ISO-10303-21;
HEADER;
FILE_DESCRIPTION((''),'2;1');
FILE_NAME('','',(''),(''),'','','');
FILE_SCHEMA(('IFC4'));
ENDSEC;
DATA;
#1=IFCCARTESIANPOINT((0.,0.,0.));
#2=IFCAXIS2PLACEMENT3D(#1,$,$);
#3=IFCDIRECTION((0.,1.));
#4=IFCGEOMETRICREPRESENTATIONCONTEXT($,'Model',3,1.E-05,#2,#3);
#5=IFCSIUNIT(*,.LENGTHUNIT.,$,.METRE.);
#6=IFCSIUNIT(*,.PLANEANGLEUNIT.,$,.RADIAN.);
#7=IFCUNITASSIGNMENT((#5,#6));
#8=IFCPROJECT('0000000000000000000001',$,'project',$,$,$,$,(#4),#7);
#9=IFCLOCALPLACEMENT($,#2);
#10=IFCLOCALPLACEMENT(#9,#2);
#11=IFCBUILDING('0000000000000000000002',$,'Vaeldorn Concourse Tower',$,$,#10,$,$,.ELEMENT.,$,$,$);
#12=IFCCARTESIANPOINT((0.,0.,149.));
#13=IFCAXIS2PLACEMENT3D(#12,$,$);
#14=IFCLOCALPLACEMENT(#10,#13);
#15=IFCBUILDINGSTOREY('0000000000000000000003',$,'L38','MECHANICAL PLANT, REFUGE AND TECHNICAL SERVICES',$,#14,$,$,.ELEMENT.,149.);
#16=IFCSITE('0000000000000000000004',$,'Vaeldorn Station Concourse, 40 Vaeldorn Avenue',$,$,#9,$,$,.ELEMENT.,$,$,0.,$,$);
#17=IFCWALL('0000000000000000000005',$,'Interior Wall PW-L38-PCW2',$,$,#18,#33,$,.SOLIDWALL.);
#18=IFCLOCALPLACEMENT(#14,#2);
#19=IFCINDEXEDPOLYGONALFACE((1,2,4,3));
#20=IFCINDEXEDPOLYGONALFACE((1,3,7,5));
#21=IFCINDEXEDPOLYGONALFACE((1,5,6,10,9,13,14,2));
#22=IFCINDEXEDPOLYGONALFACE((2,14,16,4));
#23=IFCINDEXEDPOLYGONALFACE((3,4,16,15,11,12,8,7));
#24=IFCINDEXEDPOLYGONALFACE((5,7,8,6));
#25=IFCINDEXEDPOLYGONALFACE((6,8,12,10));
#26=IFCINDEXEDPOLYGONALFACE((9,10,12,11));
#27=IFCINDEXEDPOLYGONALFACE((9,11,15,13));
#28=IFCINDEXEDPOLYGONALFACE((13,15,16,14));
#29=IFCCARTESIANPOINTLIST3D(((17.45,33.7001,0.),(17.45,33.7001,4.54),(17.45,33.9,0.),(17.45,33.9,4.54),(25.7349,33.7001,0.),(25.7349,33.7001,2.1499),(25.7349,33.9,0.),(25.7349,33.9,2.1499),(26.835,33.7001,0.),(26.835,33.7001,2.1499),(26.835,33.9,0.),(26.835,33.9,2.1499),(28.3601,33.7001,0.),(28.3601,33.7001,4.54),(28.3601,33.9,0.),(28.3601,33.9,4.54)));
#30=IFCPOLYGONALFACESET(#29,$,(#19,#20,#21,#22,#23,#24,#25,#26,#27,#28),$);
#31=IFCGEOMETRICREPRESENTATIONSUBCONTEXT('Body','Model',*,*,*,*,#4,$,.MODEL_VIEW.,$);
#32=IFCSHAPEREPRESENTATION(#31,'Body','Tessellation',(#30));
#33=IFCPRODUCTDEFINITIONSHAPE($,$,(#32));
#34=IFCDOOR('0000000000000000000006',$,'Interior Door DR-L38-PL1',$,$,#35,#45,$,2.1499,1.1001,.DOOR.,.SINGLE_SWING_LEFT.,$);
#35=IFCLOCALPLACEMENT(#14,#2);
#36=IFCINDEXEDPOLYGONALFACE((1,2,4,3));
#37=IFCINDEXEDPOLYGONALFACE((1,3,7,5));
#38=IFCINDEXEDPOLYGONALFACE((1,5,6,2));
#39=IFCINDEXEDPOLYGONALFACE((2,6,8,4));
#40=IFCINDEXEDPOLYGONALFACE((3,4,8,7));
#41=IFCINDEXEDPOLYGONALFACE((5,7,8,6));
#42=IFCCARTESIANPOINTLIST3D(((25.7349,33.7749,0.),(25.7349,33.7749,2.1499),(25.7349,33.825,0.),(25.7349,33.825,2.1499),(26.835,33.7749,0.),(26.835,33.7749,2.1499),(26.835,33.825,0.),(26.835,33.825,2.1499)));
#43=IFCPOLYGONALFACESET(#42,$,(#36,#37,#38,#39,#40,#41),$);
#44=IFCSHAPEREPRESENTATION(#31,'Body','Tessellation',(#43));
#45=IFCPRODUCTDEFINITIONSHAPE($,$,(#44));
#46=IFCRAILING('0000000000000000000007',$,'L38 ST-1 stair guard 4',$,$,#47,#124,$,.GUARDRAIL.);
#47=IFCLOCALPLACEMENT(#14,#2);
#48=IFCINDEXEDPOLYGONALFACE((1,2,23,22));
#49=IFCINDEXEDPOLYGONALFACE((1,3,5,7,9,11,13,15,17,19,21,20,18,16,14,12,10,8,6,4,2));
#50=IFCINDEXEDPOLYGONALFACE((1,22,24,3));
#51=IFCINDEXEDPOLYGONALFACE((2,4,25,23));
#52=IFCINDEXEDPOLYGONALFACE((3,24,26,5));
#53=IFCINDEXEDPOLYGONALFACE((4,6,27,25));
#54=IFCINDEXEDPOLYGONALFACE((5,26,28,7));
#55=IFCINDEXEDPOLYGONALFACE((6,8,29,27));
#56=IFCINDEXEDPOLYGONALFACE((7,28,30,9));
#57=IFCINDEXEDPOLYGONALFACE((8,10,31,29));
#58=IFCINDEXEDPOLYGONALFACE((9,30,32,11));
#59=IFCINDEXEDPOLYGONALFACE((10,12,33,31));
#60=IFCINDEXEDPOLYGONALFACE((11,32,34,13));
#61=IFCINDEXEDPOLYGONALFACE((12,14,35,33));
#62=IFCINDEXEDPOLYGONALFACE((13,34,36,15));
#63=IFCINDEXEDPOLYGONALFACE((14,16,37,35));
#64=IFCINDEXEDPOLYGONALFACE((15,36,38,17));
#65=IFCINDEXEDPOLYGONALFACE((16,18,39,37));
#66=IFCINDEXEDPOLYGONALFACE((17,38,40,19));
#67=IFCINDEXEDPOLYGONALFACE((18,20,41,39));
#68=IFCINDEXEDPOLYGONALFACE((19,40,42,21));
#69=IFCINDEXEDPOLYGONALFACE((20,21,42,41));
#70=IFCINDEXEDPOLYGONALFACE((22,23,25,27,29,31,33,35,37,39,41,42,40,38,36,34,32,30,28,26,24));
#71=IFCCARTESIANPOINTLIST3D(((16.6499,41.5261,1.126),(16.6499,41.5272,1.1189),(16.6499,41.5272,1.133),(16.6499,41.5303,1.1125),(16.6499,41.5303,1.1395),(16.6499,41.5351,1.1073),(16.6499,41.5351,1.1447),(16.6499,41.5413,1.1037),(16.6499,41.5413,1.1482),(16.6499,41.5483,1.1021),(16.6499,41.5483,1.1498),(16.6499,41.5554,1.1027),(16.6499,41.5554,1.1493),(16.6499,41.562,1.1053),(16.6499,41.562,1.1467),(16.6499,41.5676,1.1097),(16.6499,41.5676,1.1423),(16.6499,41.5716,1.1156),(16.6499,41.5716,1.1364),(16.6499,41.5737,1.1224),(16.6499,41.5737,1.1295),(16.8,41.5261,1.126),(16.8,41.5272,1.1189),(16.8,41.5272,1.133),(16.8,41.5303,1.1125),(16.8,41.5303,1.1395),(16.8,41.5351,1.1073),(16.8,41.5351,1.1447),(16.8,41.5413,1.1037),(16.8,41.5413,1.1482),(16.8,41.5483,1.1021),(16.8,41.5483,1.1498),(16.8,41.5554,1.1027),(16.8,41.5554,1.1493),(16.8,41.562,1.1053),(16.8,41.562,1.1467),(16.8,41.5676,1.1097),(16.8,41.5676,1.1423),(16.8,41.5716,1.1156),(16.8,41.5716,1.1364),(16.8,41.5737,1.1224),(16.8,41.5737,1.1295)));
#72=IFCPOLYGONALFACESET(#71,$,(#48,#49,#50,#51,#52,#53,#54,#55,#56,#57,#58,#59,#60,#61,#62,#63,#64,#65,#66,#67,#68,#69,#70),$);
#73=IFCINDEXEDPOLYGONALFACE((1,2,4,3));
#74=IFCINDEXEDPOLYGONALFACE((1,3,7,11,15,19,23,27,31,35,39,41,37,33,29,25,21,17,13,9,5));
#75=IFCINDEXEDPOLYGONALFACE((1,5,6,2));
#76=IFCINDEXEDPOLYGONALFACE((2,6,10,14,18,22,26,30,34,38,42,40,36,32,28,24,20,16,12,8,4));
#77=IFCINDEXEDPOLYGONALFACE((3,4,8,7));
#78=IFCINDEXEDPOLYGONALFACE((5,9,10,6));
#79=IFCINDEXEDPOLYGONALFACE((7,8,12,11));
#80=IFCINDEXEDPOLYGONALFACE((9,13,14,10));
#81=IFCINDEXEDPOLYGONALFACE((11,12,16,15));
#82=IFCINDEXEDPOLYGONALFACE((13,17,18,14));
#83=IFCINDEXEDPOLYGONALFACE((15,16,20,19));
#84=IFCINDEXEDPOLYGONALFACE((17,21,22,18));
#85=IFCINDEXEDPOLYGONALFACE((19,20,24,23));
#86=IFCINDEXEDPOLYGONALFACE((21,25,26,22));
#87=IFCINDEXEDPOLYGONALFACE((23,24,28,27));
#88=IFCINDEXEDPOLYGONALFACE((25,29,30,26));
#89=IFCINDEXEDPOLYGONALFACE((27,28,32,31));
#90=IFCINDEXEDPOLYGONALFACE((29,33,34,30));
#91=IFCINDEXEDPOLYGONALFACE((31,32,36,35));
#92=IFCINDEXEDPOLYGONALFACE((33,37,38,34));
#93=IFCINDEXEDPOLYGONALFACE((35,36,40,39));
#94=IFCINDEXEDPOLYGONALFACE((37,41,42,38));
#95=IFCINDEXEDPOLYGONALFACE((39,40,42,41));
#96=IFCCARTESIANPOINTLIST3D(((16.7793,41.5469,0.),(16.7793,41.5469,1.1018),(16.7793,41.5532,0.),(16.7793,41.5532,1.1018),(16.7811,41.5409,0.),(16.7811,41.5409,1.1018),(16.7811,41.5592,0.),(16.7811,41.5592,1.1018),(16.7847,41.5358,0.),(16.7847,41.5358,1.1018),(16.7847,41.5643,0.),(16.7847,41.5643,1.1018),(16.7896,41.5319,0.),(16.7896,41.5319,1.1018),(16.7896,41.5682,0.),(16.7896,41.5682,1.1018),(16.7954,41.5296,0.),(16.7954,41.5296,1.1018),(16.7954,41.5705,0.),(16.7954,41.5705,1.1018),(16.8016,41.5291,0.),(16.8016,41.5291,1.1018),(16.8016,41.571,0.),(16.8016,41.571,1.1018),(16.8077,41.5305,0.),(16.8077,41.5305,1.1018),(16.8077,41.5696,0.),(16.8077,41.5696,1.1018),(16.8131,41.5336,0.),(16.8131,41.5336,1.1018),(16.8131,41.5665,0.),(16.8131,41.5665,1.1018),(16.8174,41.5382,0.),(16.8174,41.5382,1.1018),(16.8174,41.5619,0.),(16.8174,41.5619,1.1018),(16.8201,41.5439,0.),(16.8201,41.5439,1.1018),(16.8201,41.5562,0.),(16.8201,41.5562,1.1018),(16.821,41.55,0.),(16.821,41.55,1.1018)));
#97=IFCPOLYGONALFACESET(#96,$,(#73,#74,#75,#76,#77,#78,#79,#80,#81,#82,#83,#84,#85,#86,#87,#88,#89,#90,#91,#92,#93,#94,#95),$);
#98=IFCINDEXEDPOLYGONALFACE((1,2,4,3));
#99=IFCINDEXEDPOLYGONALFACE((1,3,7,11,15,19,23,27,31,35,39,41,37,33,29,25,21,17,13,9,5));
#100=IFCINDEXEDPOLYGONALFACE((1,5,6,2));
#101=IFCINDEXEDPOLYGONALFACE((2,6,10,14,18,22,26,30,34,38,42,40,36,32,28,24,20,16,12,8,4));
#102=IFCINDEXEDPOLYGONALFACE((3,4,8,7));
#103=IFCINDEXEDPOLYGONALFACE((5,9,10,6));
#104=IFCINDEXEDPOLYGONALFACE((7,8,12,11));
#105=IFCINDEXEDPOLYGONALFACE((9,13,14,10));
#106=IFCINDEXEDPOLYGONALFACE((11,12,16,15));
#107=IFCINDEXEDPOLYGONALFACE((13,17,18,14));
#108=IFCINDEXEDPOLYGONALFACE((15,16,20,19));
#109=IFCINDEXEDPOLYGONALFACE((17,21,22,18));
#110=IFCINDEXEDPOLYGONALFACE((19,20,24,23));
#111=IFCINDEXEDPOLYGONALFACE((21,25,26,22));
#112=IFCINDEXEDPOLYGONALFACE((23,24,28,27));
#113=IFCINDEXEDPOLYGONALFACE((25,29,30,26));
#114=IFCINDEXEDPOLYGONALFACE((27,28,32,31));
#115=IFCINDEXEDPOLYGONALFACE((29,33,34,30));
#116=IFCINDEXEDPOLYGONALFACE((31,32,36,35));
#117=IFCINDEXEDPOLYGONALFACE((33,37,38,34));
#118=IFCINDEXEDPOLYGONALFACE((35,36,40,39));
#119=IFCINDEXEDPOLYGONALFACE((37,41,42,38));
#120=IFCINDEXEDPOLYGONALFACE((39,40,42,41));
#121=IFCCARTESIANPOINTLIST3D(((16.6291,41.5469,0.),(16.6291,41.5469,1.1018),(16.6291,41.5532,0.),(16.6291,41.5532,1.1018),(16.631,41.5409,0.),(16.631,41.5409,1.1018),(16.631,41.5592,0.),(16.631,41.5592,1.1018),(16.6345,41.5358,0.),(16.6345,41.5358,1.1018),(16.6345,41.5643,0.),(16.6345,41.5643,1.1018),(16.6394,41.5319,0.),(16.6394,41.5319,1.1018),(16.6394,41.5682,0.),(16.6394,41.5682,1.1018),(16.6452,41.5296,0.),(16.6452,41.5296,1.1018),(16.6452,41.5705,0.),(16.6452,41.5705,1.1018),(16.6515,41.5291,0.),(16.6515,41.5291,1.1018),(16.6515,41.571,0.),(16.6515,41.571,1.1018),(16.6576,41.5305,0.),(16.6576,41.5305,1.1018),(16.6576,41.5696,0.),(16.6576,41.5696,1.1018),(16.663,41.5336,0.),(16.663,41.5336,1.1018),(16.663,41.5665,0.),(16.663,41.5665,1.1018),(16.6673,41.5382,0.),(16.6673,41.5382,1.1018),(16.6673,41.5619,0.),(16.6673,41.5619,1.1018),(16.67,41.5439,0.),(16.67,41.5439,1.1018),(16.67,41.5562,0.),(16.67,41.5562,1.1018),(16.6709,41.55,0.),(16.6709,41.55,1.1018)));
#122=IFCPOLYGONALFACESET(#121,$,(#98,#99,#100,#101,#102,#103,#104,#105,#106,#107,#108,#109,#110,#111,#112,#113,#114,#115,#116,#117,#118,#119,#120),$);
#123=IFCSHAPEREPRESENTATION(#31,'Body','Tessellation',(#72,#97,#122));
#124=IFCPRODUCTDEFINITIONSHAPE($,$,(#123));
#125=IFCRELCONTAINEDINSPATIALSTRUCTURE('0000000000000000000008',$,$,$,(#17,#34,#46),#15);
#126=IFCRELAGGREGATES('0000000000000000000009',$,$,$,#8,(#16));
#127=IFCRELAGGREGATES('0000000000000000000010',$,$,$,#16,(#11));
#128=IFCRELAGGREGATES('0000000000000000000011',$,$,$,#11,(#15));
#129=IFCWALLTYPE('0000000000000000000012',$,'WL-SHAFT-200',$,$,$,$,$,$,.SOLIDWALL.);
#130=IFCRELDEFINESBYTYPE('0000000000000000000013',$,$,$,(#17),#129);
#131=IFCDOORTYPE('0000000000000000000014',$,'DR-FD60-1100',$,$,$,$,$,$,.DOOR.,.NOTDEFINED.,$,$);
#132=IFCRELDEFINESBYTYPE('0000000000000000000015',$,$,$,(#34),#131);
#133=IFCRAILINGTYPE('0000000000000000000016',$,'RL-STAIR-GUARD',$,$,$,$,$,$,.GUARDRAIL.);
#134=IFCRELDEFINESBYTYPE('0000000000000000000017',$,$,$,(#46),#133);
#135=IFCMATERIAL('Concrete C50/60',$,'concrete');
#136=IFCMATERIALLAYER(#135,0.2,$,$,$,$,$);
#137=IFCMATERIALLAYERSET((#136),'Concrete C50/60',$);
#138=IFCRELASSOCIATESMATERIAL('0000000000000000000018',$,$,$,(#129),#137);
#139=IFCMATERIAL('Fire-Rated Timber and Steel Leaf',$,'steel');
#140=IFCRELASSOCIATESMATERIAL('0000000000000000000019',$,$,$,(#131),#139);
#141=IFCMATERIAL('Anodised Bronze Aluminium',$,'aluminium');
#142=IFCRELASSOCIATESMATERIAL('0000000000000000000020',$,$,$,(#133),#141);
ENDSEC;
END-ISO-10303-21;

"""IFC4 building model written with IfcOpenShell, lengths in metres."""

from ifc_helpers import new_model, si_unit, direction, frame, frame_2d, origin, origin_2d, place, context, subcontext, project, spatial, rectangle, circle, extrude, source, transform, mapped, material, layer, layer_set, type_object, element, fill, save


model = new_model("IFC4")

# Units and contexts
model_context = context("Model", 3, precision=1e-05, world=origin(), true_north=direction((0.0, 1.0)))
body_context = subcontext(model_context, "Body", "Model", "MODEL_VIEW")
ifc_project = project(units=[si_unit("LENGTHUNIT", "METRE"), si_unit("PLANEANGLEUNIT", "RADIAN")], contexts=[model_context])

# Site, building, storey
site_placement = place(None, origin())
site = spatial("IfcSite", under=ifc_project, at=site_placement, Name="Vaeldorn Station Concourse, 40 Vaeldorn Avenue", CompositionType="ELEMENT", RefElevation=0.0)
building_placement = place(site_placement, origin())
building = spatial("IfcBuilding", under=site, at=building_placement, Name="Vaeldorn Concourse Tower", CompositionType="ELEMENT")
storey_placement = place(building_placement, frame((0.0, 0.0, 149.0)))
storey = spatial("IfcBuildingStorey", under=building, at=storey_placement, Name="L38", Description="MECHANICAL PLANT, REFUGE AND TECHNICAL SERVICES", CompositionType="ELEMENT", Elevation=149.0)

# Shared definitions
ifc_material_1 = material(Name="Concrete C50/60", Category="concrete")

# Shared definitions
ifc_layer_1 = layer(ifc_material_1, 0.2)
ifc_layer_set_1 = layer_set([ifc_layer_1], Name="Concrete C50/60")
wall_type_1 = type_object("IfcWallType", Name="WL-SHAFT-200", PredefinedType="SOLIDWALL", material=ifc_layer_set_1)
ifc_material_2 = material(Name="Fire-Rated Timber and Steel Leaf", Category="steel")
door_type_1 = type_object("IfcDoorType", Name="DR-FD60-1100", OperationType="NOTDEFINED", PredefinedType="DOOR", material=ifc_material_2)
shared_shape_1 = source(origin(), body_context, "Body", "SweptSolid", [
    extrude(rectangle(XDim=1.1001, YDim=2.1499, at=frame_2d((0.55, 1.075))), frame((0.0, 0.0249, 0.0), z_axis=(0.0, -1.0, 0.0), x_axis=(1.0, 0.0, 0.0)), (0.0, 0.0, 1.0), 0.05),
])

# Shared definitions
ifc_material_3 = material(Name="Anodised Bronze Aluminium", Category="aluminium")

# Wall, opening, door
wall_1_placement = place(storey_placement, frame((17.45, 33.8, 0.0), z_axis=(0.0, 0.0, 1.0), x_axis=(1.0, 0.0, 0.0)))
wall_1 = element("IfcWall", 1, at=wall_1_placement, inside=storey, type_object=wall_type_1, Name="Interior Wall PW-L38-PCW2", PredefinedType="SOLIDWALL", context=body_context, shape_type="SweptSolid", body=[
    extrude(rectangle(XDim=10.9102, YDim=0.2, at=frame_2d((5.4551, 0.0))), origin(), (0.0, 0.0, 1.0), 4.54),
])
opening_1_placement = place(wall_1_placement, frame((8.2849, 0.0, 0.0)))
opening_1 = element("IfcOpeningElement", 2, at=opening_1_placement, cuts=wall_1, PredefinedType="OPENING", context=body_context, shape_type="SweptSolid", body=[
    extrude(rectangle(XDim=1.1001, YDim=2.1499, at=frame_2d((0.55, 1.075))), frame((0.0, 0.1099, 0.0), z_axis=(0.0, -1.0, 0.0), x_axis=(1.0, 0.0, 0.0)), (0.0, 0.0, 1.0), 0.22),
])
door_1_placement = place(opening_1_placement, origin())
door_1 = element("IfcDoor", 3, at=door_1_placement, inside=storey, type_object=door_type_1, Name="Interior Door DR-L38-PL1", OperationType="SINGLE_SWING_LEFT", OverallHeight=2.1499, OverallWidth=1.1001, PredefinedType="DOOR", context=body_context, shape_type="MappedRepresentation", body=[
    mapped(shared_shape_1, transform((0.0, 0.0, 0.0), scale=1.0)),
])
fill(opening_1, door_1)

# Railing
railing_type = type_object("IfcRailingType", Name="RL-STAIR-GUARD", PredefinedType="GUARDRAIL", material=ifc_material_3)
railing_placement = place(storey_placement, frame((16.8, 41.55, 0.0)))
element("IfcRailing", 4, at=railing_placement, inside=storey, type_object=railing_type, Name="L38 ST-1 stair guard 4", PredefinedType="GUARDRAIL", context=body_context, shape_type="SweptSolid", body=[
    extrude(circle(Radius=0.0239, at=origin_2d()), frame((0.0, 0.0, 1.126), z_axis=(-1.0, 0.0, 0.0), x_axis=(0.0, -1.0, 0.0)), (0.0, 0.0, 1.0), 0.1501),
    extrude(circle(Radius=0.021, at=origin_2d()), origin(), (0.0, 0.0, 1.0), 1.1018),
    extrude(circle(Radius=0.021, at=origin_2d()), frame((-0.1501, 0.0, 0.0)), (0.0, 0.0, 1.0), 1.1018),
])

save(model, "model.ifc")
